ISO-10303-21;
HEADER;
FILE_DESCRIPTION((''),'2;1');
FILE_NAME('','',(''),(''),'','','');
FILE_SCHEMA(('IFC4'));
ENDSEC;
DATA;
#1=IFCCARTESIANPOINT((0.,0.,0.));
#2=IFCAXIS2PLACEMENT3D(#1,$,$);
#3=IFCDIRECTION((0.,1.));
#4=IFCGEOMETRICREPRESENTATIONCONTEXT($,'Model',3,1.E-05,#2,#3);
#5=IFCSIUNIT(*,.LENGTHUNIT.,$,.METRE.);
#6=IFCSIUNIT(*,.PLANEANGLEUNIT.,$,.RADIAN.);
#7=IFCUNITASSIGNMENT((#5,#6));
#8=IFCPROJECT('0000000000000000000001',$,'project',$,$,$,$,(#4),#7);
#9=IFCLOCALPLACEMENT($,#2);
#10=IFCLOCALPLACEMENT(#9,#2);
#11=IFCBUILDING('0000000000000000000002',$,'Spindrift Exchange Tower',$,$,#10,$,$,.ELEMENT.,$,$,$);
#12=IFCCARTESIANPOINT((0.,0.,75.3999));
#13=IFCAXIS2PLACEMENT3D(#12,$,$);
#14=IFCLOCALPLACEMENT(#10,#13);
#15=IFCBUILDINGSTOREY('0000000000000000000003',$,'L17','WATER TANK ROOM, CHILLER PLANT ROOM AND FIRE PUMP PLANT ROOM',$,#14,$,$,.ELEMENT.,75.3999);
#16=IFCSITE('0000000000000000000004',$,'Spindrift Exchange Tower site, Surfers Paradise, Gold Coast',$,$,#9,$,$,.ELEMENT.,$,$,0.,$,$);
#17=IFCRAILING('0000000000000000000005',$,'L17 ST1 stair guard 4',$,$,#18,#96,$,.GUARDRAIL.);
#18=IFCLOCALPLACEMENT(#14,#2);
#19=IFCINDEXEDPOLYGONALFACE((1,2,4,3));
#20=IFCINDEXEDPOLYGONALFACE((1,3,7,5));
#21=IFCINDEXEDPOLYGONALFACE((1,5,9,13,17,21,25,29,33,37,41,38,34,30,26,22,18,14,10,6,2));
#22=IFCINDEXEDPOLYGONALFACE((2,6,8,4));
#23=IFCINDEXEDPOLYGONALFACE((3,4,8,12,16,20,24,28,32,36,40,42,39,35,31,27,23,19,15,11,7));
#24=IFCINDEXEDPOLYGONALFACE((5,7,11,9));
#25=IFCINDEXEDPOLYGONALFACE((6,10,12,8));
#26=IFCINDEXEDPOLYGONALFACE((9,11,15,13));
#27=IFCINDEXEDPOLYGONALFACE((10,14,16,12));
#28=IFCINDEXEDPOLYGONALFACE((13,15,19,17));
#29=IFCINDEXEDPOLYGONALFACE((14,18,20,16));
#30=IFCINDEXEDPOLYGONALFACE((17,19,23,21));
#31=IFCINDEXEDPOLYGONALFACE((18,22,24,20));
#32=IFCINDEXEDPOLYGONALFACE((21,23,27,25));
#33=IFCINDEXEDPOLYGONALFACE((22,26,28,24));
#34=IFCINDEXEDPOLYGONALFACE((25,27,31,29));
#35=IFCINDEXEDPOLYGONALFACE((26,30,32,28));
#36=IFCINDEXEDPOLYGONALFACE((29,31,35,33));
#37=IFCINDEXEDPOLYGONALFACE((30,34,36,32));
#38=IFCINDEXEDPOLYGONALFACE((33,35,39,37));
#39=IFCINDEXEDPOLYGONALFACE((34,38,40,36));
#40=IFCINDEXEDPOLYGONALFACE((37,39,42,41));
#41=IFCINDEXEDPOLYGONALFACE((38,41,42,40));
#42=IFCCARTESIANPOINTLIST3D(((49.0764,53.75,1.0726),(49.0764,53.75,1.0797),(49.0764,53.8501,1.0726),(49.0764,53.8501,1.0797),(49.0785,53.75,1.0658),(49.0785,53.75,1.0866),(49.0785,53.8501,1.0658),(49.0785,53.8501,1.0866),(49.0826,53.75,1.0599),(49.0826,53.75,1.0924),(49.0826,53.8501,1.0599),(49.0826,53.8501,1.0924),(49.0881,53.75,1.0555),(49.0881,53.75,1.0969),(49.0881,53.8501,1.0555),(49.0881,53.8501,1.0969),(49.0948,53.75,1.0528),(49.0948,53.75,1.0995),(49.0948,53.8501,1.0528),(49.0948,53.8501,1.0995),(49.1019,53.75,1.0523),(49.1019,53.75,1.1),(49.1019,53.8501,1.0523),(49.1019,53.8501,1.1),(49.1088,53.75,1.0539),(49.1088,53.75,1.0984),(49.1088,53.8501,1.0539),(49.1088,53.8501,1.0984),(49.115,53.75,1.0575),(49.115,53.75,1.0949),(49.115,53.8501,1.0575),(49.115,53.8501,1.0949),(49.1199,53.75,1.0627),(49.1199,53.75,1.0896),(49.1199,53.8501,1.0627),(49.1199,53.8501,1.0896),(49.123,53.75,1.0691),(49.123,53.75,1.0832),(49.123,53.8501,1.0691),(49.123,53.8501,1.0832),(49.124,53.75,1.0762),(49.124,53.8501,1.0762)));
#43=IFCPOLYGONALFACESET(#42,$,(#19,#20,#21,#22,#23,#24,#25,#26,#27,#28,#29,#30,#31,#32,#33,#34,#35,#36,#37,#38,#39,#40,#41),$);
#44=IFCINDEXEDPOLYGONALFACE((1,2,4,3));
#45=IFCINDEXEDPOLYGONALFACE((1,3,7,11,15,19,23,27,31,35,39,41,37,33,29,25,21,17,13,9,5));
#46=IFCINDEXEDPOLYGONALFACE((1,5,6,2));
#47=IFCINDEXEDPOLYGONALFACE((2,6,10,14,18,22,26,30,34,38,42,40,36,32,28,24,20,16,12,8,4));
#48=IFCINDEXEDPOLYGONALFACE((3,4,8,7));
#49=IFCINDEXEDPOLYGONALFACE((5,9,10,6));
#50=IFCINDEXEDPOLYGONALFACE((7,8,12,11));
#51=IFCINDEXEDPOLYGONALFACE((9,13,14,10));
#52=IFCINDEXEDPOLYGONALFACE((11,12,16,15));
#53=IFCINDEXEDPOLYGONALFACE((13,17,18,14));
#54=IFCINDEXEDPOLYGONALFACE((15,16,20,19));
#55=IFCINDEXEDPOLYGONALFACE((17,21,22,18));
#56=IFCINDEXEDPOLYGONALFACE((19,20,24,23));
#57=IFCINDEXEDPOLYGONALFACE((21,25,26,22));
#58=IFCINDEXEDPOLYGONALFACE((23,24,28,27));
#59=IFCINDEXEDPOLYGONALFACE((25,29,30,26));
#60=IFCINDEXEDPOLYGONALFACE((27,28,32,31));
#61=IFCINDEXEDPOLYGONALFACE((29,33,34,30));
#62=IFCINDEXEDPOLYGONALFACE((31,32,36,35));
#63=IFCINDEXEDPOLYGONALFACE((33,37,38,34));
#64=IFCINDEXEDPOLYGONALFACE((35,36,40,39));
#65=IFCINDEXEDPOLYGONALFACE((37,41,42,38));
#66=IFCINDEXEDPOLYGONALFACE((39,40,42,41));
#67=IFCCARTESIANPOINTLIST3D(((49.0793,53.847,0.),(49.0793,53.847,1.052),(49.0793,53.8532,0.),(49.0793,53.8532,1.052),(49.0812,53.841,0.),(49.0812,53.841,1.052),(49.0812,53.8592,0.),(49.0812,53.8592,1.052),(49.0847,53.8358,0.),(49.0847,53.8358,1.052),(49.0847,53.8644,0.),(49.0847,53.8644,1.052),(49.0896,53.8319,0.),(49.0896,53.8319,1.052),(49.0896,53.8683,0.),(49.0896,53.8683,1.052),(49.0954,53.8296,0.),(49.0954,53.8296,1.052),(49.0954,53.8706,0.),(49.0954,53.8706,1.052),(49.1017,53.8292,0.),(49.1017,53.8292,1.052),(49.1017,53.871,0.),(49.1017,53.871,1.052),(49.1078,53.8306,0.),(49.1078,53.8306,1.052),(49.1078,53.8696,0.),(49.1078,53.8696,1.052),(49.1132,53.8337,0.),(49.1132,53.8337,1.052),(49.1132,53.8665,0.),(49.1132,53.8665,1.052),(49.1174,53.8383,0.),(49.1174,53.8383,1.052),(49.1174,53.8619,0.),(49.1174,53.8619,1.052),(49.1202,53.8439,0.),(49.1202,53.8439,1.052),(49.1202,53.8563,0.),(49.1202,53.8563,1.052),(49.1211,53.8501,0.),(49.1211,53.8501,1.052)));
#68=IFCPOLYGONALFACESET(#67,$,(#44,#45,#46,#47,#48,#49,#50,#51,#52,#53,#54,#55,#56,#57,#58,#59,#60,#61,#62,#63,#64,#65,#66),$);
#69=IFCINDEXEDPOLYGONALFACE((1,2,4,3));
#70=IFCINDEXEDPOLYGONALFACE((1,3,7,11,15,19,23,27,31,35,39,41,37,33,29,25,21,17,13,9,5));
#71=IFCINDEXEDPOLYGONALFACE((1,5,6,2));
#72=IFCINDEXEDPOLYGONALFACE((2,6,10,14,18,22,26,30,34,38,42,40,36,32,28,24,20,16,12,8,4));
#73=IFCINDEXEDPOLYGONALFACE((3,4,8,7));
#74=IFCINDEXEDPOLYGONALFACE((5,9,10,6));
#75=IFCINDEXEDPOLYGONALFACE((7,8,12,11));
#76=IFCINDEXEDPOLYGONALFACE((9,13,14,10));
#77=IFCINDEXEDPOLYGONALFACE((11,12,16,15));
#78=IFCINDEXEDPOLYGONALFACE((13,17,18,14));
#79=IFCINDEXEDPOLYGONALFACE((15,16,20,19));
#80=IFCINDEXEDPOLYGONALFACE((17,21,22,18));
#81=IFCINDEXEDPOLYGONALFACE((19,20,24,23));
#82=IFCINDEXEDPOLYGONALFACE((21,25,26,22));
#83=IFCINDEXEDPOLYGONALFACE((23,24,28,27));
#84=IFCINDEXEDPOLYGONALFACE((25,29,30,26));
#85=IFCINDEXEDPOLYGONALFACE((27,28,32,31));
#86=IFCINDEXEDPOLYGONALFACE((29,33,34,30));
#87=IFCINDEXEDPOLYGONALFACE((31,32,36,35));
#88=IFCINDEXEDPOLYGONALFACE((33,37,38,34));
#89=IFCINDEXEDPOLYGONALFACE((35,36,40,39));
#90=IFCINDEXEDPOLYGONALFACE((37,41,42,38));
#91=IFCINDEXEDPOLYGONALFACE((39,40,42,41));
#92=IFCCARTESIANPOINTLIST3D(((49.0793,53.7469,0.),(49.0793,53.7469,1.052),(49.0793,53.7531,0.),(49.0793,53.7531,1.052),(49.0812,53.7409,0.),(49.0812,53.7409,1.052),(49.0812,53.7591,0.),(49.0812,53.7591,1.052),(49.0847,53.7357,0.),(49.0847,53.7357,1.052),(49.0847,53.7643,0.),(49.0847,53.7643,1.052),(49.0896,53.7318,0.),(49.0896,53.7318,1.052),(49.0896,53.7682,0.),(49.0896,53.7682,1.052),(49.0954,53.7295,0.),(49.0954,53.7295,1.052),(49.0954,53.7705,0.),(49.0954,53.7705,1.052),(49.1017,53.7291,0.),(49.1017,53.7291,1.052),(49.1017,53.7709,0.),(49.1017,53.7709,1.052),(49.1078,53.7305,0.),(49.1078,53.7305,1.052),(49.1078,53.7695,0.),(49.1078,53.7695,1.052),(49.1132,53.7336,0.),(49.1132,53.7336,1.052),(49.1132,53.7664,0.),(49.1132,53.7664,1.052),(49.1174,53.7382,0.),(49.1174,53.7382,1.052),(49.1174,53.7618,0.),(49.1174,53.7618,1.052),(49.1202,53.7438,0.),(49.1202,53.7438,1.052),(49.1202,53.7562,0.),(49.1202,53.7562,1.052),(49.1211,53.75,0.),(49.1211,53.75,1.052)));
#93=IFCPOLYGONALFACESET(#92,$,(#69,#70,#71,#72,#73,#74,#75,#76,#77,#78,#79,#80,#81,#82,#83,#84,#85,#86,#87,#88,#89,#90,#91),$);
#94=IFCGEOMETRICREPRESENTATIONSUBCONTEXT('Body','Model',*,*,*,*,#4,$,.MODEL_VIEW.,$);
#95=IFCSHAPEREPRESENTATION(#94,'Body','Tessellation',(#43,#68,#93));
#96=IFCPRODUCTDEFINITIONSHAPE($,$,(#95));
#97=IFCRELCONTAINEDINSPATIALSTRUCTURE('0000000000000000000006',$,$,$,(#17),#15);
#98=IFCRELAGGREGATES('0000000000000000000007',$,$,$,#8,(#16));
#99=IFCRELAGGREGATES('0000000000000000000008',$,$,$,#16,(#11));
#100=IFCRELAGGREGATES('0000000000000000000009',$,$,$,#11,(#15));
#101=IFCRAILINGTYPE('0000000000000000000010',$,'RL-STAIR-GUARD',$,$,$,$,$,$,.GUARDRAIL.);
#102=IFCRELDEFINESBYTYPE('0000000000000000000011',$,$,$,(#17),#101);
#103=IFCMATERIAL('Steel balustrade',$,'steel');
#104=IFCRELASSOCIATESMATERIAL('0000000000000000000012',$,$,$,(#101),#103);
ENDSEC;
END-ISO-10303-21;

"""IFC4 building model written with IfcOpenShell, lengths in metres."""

from ifc_helpers import new_model, si_unit, direction, frame, origin, origin_2d, place, context, subcontext, project, spatial, circle, extrude, material, type_object, element, save


model = new_model("IFC4")

# Units and contexts
model_context = context("Model", 3, precision=1e-05, world=origin(), true_north=direction((0.0, 1.0)))
body_context = subcontext(model_context, "Body", "Model", "MODEL_VIEW")
ifc_project = project(units=[si_unit("LENGTHUNIT", "METRE"), si_unit("PLANEANGLEUNIT", "RADIAN")], contexts=[model_context])

# Site, building, storey
site_placement = place(None, origin())
site = spatial("IfcSite", under=ifc_project, at=site_placement, Name="Spindrift Exchange Tower site, Surfers Paradise, Gold Coast", CompositionType="ELEMENT", RefElevation=0.0)
building_placement = place(site_placement, origin())
building = spatial("IfcBuilding", under=site, at=building_placement, Name="Spindrift Exchange Tower", CompositionType="ELEMENT")
storey_placement = place(building_placement, frame((0.0, 0.0, 75.3999)))
storey = spatial("IfcBuildingStorey", under=building, at=storey_placement, Name="L17", Description="WATER TANK ROOM, CHILLER PLANT ROOM AND FIRE PUMP PLANT ROOM", CompositionType="ELEMENT", Elevation=75.3999)

# Railing
ifc_material_1 = material(Name="Steel balustrade", Category="steel")
railing_type_1 = type_object("IfcRailingType", Name="RL-STAIR-GUARD", PredefinedType="GUARDRAIL", material=ifc_material_1)
railing_1_placement = place(storey_placement, frame((49.1001, 53.8501, 0.0)))
element("IfcRailing", 1, at=railing_1_placement, inside=storey, type_object=railing_type_1, Name="L17 ST1 stair guard 4", PredefinedType="GUARDRAIL", context=body_context, shape_type="SweptSolid", body=[
    extrude(circle(Radius=0.0239, at=origin_2d()), frame((0.0, 0.0, 1.0762), z_axis=(0.0, -1.0, 0.0), x_axis=(1.0, 0.0, 0.0)), (0.0, 0.0, 1.0), 0.1001),
    extrude(circle(Radius=0.021, at=origin_2d()), origin(), (0.0, 0.0, 1.0), 1.052),
    extrude(circle(Radius=0.021, at=origin_2d()), frame((0.0, -0.1001, 0.0)), (0.0, 0.0, 1.0), 1.052),
])

save(model, "model.ifc")
